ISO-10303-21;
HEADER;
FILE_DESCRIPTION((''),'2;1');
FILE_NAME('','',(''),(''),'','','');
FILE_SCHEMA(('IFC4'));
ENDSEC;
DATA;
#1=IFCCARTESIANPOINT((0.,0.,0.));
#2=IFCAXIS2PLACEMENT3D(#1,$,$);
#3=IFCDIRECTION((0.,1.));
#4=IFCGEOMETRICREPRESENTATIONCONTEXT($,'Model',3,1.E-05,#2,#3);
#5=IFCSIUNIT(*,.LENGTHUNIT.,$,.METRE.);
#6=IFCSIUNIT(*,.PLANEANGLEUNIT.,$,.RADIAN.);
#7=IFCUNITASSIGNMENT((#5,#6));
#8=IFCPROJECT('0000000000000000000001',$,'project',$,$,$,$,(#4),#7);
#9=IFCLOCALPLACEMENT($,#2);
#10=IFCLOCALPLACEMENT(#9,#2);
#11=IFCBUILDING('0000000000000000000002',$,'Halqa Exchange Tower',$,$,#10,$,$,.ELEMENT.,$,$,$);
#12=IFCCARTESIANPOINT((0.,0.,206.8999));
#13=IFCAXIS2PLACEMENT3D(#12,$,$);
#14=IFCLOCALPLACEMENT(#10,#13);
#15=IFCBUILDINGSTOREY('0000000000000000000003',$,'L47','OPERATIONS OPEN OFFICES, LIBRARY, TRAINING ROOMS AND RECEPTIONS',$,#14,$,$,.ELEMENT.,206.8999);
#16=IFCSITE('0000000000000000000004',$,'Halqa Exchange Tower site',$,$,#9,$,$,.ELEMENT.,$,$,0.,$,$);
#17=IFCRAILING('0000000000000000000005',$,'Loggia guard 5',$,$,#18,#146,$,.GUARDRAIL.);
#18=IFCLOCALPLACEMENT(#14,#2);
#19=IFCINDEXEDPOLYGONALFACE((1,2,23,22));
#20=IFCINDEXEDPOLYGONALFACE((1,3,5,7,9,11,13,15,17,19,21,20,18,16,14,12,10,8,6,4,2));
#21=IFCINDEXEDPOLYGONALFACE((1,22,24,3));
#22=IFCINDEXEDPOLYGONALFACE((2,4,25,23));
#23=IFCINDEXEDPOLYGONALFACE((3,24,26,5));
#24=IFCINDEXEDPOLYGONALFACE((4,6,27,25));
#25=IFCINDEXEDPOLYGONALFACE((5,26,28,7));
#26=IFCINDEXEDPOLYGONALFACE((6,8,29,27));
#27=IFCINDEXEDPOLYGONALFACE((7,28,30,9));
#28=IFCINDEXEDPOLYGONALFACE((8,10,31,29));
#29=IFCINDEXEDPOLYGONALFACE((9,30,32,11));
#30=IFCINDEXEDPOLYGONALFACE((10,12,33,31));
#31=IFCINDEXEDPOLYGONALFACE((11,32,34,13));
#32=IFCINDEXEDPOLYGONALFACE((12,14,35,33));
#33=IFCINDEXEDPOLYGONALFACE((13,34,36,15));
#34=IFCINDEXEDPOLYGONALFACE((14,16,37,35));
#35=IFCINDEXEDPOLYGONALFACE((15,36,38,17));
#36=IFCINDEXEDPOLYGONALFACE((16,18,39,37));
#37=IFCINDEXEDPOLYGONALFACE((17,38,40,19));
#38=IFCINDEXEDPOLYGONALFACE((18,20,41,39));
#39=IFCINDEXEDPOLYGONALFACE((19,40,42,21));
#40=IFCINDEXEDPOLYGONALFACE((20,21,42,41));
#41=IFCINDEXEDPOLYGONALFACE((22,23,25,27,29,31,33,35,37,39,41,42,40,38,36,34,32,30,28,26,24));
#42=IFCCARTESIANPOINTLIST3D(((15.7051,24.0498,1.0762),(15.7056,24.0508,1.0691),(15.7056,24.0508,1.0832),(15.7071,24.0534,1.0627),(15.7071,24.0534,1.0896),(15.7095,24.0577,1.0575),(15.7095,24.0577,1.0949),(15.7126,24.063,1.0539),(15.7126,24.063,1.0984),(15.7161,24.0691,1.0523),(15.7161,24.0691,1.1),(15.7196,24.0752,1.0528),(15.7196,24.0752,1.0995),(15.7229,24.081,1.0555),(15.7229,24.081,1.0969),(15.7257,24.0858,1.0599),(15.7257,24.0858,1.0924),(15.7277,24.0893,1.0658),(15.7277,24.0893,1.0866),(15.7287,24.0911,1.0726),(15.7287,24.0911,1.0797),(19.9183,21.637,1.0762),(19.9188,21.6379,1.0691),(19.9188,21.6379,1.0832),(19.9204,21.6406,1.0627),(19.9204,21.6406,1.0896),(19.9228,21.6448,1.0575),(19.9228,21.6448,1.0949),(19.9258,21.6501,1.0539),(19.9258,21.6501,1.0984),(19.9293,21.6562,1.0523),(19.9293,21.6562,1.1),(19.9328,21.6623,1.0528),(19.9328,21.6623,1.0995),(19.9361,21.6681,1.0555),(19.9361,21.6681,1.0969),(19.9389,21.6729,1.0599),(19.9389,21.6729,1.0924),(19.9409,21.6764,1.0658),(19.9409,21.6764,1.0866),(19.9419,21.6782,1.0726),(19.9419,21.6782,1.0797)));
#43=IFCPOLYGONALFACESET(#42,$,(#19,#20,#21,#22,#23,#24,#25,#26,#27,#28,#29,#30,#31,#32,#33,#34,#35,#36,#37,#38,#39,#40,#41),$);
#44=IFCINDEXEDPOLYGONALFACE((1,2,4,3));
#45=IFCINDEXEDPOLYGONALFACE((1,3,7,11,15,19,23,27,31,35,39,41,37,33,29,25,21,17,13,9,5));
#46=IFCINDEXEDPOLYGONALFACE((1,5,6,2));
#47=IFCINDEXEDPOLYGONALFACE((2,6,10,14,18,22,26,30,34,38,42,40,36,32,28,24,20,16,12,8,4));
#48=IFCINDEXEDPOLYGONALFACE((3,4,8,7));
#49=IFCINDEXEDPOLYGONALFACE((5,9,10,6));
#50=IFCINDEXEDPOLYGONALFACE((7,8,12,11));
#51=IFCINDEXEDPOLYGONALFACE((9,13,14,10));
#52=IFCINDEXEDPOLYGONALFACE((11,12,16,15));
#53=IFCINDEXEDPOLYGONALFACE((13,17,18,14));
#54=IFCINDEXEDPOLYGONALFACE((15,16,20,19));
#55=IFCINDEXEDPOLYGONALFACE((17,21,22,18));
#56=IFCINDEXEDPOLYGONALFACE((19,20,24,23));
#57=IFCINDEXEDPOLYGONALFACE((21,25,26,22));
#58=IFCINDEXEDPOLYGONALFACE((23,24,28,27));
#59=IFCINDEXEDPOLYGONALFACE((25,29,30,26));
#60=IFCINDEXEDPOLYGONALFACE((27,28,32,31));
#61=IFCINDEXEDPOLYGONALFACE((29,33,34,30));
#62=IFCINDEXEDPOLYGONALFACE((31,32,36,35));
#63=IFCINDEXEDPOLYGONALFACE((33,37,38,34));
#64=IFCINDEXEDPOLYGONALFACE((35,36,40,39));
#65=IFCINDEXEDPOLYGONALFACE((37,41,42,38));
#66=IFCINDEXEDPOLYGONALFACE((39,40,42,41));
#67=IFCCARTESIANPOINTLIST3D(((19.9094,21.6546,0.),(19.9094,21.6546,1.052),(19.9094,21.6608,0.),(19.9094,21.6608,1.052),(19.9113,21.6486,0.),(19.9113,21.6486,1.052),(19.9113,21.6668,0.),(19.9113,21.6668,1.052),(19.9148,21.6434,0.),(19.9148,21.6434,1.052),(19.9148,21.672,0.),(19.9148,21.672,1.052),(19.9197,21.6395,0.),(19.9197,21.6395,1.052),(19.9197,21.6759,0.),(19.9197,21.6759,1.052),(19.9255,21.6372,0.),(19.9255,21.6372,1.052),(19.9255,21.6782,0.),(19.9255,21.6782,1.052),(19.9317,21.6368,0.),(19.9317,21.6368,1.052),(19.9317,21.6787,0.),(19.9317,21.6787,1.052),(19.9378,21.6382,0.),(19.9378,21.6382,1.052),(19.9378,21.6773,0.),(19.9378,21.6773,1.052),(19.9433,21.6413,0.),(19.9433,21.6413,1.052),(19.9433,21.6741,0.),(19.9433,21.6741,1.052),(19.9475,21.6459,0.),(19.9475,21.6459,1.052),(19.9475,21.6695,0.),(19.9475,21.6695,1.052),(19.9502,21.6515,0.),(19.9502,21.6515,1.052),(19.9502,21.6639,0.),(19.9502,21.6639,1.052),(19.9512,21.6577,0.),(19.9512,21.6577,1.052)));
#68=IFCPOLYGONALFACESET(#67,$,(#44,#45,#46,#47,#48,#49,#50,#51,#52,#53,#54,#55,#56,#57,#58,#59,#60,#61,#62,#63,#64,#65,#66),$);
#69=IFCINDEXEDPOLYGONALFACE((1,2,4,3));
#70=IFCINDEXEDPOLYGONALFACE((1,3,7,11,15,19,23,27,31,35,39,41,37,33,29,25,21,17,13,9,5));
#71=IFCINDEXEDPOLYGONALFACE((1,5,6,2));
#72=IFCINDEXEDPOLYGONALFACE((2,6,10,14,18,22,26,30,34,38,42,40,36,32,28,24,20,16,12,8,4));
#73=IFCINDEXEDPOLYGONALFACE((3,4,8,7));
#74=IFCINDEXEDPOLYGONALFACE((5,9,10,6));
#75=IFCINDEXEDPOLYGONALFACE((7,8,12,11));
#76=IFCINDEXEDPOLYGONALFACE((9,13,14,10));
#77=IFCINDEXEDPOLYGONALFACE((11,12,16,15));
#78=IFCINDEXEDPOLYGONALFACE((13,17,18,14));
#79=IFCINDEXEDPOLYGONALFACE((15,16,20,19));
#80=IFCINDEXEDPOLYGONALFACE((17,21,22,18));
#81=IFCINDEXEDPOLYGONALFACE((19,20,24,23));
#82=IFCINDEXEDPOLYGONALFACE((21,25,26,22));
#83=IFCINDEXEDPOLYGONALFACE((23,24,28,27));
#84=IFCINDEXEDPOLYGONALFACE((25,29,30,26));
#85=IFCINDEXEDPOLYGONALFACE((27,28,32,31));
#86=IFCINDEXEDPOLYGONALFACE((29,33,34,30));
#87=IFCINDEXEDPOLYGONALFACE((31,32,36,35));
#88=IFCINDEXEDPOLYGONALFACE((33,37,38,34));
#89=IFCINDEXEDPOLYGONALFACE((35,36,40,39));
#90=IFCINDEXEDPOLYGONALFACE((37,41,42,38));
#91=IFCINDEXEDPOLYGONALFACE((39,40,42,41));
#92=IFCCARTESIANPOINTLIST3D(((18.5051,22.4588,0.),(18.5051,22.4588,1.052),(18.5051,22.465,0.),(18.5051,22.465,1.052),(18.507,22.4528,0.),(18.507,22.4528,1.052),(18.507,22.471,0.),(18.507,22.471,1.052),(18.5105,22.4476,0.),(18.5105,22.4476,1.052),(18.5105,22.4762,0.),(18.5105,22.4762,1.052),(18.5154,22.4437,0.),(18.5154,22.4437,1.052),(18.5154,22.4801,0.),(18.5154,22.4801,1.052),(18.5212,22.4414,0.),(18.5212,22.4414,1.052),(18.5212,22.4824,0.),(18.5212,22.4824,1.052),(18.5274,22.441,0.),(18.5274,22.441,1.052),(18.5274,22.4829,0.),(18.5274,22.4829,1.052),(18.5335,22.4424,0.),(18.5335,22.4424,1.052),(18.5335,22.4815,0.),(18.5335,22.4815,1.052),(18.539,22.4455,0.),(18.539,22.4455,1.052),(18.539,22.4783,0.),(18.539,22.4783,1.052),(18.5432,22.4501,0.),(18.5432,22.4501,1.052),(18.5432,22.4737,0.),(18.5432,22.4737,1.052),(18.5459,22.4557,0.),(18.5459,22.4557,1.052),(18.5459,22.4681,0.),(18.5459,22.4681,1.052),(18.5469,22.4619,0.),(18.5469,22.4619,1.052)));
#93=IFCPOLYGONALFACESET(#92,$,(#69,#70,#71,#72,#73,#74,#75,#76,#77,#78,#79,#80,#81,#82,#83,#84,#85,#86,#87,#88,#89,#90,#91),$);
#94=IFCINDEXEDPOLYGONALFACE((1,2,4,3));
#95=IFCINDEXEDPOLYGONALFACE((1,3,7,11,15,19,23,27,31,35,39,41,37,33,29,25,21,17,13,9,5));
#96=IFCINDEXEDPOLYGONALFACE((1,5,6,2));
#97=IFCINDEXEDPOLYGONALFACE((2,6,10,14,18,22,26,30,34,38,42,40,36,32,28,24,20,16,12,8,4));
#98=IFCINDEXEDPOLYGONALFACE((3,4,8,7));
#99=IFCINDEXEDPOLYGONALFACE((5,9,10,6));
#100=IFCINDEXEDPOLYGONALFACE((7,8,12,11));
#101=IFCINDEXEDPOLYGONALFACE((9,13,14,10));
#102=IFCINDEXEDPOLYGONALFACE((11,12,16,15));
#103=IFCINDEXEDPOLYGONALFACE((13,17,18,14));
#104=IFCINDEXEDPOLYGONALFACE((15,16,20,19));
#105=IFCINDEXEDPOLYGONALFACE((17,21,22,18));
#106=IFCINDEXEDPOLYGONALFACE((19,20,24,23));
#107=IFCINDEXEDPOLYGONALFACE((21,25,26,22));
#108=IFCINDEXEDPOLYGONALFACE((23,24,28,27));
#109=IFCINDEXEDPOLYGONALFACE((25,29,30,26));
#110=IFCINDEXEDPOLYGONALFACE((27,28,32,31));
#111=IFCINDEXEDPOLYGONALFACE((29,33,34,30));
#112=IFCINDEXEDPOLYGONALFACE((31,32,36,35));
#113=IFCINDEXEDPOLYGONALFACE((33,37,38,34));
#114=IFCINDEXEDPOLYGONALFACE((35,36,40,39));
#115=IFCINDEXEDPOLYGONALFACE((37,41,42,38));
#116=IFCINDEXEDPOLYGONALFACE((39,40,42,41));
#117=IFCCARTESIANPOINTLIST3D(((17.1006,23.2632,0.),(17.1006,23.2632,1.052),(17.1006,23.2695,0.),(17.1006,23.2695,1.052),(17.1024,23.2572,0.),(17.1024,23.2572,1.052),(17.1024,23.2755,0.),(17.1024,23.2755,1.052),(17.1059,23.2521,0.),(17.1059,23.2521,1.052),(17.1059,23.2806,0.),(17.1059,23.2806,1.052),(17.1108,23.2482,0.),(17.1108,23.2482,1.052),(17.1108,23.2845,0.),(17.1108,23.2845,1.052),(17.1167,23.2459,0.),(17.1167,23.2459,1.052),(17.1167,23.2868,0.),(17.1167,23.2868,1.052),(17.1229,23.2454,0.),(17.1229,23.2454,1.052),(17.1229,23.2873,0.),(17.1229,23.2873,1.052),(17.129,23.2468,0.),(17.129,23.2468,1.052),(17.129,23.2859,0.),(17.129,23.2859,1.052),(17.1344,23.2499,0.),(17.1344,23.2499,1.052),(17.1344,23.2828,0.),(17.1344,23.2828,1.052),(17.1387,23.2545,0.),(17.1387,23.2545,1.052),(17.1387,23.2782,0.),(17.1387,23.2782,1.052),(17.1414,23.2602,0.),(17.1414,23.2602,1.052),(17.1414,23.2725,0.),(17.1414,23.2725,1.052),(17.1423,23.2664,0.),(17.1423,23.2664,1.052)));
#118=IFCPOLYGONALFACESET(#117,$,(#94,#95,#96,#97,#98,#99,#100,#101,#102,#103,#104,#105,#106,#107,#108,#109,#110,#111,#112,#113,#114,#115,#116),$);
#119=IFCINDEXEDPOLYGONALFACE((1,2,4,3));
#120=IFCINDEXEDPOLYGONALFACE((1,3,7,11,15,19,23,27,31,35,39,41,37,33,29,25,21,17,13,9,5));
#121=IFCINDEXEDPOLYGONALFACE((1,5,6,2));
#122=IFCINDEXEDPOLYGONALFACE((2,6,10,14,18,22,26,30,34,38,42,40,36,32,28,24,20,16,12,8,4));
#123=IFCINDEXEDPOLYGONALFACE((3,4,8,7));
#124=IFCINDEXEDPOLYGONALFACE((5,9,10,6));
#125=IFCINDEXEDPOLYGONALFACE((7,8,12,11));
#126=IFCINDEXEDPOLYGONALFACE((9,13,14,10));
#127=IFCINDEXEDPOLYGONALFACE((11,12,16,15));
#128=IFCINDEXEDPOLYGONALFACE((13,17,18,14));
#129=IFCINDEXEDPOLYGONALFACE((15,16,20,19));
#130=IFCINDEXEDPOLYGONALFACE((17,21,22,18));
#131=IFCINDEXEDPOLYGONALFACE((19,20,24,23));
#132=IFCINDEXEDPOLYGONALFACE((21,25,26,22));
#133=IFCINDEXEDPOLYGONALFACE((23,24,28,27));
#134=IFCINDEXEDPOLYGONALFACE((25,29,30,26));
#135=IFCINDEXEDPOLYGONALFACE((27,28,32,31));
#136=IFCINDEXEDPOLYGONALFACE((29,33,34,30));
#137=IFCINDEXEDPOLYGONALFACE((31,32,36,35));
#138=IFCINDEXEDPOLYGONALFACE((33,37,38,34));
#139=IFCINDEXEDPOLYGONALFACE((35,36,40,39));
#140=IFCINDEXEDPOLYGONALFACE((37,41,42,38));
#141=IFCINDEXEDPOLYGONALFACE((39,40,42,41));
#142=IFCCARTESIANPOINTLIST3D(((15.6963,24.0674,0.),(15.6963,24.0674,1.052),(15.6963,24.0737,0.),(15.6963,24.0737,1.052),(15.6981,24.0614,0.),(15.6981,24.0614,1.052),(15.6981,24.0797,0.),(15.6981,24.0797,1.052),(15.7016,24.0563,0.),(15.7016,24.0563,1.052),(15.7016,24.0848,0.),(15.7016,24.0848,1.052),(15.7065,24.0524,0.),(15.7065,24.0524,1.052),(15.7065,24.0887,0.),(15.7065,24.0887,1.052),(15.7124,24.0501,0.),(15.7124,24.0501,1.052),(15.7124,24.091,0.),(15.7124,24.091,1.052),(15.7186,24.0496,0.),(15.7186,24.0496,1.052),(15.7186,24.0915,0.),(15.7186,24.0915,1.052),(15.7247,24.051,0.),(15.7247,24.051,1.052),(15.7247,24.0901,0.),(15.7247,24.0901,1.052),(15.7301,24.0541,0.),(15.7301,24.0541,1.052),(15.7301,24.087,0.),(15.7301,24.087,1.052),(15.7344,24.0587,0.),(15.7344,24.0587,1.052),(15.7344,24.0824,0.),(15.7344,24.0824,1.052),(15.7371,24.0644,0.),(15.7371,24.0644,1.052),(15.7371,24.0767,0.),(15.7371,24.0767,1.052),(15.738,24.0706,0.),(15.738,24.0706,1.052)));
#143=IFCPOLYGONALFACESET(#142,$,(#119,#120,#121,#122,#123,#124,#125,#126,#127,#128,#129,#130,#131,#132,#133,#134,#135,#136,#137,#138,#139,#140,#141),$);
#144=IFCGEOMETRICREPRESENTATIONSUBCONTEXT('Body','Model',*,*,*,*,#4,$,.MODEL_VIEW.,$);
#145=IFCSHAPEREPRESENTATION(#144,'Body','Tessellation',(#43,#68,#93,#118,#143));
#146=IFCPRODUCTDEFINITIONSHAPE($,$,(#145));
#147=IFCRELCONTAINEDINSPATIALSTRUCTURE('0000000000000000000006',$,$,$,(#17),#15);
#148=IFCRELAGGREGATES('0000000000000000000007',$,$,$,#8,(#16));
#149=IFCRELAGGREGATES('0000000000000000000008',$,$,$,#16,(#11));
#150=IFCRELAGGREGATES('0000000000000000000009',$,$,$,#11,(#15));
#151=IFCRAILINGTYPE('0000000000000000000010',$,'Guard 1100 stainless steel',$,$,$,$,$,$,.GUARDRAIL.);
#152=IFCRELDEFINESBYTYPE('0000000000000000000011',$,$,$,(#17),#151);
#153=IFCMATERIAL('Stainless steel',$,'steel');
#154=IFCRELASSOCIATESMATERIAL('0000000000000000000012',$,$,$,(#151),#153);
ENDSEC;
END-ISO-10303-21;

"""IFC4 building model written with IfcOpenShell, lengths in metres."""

from ifc_helpers import new_model, si_unit, direction, frame, origin, origin_2d, place, context, subcontext, project, spatial, circle, extrude, material, type_object, element, save


model = new_model("IFC4")

# Units and contexts
model_context = context("Model", 3, precision=1e-05, world=origin(), true_north=direction((0.0, 1.0)))
body_context = subcontext(model_context, "Body", "Model", "MODEL_VIEW")
ifc_project = project(units=[si_unit("LENGTHUNIT", "METRE"), si_unit("PLANEANGLEUNIT", "RADIAN")], contexts=[model_context])

# Site, building, storey
site_placement = place(None, origin())
site = spatial("IfcSite", under=ifc_project, at=site_placement, Name="Halqa Exchange Tower site", CompositionType="ELEMENT", RefElevation=0.0)
building_placement = place(site_placement, origin())
building = spatial("IfcBuilding", under=site, at=building_placement, Name="Halqa Exchange Tower", CompositionType="ELEMENT")
storey_placement = place(building_placement, frame((0.0, 0.0, 206.8999)))
storey = spatial("IfcBuildingStorey", under=building, at=storey_placement, Name="L47", Description="OPERATIONS OPEN OFFICES, LIBRARY, TRAINING ROOMS AND RECEPTIONS", CompositionType="ELEMENT", Elevation=206.8999)

# Railing
ifc_material_1 = material(Name="Stainless steel", Category="steel")
railing_type = type_object("IfcRailingType", Name="Guard 1100 stainless steel", PredefinedType="GUARDRAIL", material=ifc_material_1)
railing_1_placement = place(storey_placement, frame((19.9302, 21.6577, 0.0)))
element("IfcRailing", 1, at=railing_1_placement, inside=storey, type_object=railing_type, Name="Loggia guard 5", PredefinedType="GUARDRAIL", context=body_context, shape_type="SweptSolid", body=[
    extrude(circle(Radius=0.0239, at=origin_2d()), frame((0.0, 0.0, 1.0762), z_axis=(-0.867769, 0.496967, 0.0), x_axis=(-0.496967, -0.867769, 0.0)), (0.0, 0.0, 1.0), 4.8552),
    extrude(circle(Radius=0.021, at=origin_2d()), origin(), (0.0, 0.0, 1.0), 1.052),
    extrude(circle(Radius=0.021, at=origin_2d()), frame((-1.4043, 0.8042, 0.0)), (0.0, 0.0, 1.0), 1.052),
    extrude(circle(Radius=0.021, at=origin_2d()), frame((-2.8088, 1.6086, 0.0)), (0.0, 0.0, 1.0), 1.052),
    extrude(circle(Radius=0.021, at=origin_2d()), frame((-4.2131, 2.4128, 0.0)), (0.0, 0.0, 1.0), 1.052),
])

save(model, "model.ifc")
